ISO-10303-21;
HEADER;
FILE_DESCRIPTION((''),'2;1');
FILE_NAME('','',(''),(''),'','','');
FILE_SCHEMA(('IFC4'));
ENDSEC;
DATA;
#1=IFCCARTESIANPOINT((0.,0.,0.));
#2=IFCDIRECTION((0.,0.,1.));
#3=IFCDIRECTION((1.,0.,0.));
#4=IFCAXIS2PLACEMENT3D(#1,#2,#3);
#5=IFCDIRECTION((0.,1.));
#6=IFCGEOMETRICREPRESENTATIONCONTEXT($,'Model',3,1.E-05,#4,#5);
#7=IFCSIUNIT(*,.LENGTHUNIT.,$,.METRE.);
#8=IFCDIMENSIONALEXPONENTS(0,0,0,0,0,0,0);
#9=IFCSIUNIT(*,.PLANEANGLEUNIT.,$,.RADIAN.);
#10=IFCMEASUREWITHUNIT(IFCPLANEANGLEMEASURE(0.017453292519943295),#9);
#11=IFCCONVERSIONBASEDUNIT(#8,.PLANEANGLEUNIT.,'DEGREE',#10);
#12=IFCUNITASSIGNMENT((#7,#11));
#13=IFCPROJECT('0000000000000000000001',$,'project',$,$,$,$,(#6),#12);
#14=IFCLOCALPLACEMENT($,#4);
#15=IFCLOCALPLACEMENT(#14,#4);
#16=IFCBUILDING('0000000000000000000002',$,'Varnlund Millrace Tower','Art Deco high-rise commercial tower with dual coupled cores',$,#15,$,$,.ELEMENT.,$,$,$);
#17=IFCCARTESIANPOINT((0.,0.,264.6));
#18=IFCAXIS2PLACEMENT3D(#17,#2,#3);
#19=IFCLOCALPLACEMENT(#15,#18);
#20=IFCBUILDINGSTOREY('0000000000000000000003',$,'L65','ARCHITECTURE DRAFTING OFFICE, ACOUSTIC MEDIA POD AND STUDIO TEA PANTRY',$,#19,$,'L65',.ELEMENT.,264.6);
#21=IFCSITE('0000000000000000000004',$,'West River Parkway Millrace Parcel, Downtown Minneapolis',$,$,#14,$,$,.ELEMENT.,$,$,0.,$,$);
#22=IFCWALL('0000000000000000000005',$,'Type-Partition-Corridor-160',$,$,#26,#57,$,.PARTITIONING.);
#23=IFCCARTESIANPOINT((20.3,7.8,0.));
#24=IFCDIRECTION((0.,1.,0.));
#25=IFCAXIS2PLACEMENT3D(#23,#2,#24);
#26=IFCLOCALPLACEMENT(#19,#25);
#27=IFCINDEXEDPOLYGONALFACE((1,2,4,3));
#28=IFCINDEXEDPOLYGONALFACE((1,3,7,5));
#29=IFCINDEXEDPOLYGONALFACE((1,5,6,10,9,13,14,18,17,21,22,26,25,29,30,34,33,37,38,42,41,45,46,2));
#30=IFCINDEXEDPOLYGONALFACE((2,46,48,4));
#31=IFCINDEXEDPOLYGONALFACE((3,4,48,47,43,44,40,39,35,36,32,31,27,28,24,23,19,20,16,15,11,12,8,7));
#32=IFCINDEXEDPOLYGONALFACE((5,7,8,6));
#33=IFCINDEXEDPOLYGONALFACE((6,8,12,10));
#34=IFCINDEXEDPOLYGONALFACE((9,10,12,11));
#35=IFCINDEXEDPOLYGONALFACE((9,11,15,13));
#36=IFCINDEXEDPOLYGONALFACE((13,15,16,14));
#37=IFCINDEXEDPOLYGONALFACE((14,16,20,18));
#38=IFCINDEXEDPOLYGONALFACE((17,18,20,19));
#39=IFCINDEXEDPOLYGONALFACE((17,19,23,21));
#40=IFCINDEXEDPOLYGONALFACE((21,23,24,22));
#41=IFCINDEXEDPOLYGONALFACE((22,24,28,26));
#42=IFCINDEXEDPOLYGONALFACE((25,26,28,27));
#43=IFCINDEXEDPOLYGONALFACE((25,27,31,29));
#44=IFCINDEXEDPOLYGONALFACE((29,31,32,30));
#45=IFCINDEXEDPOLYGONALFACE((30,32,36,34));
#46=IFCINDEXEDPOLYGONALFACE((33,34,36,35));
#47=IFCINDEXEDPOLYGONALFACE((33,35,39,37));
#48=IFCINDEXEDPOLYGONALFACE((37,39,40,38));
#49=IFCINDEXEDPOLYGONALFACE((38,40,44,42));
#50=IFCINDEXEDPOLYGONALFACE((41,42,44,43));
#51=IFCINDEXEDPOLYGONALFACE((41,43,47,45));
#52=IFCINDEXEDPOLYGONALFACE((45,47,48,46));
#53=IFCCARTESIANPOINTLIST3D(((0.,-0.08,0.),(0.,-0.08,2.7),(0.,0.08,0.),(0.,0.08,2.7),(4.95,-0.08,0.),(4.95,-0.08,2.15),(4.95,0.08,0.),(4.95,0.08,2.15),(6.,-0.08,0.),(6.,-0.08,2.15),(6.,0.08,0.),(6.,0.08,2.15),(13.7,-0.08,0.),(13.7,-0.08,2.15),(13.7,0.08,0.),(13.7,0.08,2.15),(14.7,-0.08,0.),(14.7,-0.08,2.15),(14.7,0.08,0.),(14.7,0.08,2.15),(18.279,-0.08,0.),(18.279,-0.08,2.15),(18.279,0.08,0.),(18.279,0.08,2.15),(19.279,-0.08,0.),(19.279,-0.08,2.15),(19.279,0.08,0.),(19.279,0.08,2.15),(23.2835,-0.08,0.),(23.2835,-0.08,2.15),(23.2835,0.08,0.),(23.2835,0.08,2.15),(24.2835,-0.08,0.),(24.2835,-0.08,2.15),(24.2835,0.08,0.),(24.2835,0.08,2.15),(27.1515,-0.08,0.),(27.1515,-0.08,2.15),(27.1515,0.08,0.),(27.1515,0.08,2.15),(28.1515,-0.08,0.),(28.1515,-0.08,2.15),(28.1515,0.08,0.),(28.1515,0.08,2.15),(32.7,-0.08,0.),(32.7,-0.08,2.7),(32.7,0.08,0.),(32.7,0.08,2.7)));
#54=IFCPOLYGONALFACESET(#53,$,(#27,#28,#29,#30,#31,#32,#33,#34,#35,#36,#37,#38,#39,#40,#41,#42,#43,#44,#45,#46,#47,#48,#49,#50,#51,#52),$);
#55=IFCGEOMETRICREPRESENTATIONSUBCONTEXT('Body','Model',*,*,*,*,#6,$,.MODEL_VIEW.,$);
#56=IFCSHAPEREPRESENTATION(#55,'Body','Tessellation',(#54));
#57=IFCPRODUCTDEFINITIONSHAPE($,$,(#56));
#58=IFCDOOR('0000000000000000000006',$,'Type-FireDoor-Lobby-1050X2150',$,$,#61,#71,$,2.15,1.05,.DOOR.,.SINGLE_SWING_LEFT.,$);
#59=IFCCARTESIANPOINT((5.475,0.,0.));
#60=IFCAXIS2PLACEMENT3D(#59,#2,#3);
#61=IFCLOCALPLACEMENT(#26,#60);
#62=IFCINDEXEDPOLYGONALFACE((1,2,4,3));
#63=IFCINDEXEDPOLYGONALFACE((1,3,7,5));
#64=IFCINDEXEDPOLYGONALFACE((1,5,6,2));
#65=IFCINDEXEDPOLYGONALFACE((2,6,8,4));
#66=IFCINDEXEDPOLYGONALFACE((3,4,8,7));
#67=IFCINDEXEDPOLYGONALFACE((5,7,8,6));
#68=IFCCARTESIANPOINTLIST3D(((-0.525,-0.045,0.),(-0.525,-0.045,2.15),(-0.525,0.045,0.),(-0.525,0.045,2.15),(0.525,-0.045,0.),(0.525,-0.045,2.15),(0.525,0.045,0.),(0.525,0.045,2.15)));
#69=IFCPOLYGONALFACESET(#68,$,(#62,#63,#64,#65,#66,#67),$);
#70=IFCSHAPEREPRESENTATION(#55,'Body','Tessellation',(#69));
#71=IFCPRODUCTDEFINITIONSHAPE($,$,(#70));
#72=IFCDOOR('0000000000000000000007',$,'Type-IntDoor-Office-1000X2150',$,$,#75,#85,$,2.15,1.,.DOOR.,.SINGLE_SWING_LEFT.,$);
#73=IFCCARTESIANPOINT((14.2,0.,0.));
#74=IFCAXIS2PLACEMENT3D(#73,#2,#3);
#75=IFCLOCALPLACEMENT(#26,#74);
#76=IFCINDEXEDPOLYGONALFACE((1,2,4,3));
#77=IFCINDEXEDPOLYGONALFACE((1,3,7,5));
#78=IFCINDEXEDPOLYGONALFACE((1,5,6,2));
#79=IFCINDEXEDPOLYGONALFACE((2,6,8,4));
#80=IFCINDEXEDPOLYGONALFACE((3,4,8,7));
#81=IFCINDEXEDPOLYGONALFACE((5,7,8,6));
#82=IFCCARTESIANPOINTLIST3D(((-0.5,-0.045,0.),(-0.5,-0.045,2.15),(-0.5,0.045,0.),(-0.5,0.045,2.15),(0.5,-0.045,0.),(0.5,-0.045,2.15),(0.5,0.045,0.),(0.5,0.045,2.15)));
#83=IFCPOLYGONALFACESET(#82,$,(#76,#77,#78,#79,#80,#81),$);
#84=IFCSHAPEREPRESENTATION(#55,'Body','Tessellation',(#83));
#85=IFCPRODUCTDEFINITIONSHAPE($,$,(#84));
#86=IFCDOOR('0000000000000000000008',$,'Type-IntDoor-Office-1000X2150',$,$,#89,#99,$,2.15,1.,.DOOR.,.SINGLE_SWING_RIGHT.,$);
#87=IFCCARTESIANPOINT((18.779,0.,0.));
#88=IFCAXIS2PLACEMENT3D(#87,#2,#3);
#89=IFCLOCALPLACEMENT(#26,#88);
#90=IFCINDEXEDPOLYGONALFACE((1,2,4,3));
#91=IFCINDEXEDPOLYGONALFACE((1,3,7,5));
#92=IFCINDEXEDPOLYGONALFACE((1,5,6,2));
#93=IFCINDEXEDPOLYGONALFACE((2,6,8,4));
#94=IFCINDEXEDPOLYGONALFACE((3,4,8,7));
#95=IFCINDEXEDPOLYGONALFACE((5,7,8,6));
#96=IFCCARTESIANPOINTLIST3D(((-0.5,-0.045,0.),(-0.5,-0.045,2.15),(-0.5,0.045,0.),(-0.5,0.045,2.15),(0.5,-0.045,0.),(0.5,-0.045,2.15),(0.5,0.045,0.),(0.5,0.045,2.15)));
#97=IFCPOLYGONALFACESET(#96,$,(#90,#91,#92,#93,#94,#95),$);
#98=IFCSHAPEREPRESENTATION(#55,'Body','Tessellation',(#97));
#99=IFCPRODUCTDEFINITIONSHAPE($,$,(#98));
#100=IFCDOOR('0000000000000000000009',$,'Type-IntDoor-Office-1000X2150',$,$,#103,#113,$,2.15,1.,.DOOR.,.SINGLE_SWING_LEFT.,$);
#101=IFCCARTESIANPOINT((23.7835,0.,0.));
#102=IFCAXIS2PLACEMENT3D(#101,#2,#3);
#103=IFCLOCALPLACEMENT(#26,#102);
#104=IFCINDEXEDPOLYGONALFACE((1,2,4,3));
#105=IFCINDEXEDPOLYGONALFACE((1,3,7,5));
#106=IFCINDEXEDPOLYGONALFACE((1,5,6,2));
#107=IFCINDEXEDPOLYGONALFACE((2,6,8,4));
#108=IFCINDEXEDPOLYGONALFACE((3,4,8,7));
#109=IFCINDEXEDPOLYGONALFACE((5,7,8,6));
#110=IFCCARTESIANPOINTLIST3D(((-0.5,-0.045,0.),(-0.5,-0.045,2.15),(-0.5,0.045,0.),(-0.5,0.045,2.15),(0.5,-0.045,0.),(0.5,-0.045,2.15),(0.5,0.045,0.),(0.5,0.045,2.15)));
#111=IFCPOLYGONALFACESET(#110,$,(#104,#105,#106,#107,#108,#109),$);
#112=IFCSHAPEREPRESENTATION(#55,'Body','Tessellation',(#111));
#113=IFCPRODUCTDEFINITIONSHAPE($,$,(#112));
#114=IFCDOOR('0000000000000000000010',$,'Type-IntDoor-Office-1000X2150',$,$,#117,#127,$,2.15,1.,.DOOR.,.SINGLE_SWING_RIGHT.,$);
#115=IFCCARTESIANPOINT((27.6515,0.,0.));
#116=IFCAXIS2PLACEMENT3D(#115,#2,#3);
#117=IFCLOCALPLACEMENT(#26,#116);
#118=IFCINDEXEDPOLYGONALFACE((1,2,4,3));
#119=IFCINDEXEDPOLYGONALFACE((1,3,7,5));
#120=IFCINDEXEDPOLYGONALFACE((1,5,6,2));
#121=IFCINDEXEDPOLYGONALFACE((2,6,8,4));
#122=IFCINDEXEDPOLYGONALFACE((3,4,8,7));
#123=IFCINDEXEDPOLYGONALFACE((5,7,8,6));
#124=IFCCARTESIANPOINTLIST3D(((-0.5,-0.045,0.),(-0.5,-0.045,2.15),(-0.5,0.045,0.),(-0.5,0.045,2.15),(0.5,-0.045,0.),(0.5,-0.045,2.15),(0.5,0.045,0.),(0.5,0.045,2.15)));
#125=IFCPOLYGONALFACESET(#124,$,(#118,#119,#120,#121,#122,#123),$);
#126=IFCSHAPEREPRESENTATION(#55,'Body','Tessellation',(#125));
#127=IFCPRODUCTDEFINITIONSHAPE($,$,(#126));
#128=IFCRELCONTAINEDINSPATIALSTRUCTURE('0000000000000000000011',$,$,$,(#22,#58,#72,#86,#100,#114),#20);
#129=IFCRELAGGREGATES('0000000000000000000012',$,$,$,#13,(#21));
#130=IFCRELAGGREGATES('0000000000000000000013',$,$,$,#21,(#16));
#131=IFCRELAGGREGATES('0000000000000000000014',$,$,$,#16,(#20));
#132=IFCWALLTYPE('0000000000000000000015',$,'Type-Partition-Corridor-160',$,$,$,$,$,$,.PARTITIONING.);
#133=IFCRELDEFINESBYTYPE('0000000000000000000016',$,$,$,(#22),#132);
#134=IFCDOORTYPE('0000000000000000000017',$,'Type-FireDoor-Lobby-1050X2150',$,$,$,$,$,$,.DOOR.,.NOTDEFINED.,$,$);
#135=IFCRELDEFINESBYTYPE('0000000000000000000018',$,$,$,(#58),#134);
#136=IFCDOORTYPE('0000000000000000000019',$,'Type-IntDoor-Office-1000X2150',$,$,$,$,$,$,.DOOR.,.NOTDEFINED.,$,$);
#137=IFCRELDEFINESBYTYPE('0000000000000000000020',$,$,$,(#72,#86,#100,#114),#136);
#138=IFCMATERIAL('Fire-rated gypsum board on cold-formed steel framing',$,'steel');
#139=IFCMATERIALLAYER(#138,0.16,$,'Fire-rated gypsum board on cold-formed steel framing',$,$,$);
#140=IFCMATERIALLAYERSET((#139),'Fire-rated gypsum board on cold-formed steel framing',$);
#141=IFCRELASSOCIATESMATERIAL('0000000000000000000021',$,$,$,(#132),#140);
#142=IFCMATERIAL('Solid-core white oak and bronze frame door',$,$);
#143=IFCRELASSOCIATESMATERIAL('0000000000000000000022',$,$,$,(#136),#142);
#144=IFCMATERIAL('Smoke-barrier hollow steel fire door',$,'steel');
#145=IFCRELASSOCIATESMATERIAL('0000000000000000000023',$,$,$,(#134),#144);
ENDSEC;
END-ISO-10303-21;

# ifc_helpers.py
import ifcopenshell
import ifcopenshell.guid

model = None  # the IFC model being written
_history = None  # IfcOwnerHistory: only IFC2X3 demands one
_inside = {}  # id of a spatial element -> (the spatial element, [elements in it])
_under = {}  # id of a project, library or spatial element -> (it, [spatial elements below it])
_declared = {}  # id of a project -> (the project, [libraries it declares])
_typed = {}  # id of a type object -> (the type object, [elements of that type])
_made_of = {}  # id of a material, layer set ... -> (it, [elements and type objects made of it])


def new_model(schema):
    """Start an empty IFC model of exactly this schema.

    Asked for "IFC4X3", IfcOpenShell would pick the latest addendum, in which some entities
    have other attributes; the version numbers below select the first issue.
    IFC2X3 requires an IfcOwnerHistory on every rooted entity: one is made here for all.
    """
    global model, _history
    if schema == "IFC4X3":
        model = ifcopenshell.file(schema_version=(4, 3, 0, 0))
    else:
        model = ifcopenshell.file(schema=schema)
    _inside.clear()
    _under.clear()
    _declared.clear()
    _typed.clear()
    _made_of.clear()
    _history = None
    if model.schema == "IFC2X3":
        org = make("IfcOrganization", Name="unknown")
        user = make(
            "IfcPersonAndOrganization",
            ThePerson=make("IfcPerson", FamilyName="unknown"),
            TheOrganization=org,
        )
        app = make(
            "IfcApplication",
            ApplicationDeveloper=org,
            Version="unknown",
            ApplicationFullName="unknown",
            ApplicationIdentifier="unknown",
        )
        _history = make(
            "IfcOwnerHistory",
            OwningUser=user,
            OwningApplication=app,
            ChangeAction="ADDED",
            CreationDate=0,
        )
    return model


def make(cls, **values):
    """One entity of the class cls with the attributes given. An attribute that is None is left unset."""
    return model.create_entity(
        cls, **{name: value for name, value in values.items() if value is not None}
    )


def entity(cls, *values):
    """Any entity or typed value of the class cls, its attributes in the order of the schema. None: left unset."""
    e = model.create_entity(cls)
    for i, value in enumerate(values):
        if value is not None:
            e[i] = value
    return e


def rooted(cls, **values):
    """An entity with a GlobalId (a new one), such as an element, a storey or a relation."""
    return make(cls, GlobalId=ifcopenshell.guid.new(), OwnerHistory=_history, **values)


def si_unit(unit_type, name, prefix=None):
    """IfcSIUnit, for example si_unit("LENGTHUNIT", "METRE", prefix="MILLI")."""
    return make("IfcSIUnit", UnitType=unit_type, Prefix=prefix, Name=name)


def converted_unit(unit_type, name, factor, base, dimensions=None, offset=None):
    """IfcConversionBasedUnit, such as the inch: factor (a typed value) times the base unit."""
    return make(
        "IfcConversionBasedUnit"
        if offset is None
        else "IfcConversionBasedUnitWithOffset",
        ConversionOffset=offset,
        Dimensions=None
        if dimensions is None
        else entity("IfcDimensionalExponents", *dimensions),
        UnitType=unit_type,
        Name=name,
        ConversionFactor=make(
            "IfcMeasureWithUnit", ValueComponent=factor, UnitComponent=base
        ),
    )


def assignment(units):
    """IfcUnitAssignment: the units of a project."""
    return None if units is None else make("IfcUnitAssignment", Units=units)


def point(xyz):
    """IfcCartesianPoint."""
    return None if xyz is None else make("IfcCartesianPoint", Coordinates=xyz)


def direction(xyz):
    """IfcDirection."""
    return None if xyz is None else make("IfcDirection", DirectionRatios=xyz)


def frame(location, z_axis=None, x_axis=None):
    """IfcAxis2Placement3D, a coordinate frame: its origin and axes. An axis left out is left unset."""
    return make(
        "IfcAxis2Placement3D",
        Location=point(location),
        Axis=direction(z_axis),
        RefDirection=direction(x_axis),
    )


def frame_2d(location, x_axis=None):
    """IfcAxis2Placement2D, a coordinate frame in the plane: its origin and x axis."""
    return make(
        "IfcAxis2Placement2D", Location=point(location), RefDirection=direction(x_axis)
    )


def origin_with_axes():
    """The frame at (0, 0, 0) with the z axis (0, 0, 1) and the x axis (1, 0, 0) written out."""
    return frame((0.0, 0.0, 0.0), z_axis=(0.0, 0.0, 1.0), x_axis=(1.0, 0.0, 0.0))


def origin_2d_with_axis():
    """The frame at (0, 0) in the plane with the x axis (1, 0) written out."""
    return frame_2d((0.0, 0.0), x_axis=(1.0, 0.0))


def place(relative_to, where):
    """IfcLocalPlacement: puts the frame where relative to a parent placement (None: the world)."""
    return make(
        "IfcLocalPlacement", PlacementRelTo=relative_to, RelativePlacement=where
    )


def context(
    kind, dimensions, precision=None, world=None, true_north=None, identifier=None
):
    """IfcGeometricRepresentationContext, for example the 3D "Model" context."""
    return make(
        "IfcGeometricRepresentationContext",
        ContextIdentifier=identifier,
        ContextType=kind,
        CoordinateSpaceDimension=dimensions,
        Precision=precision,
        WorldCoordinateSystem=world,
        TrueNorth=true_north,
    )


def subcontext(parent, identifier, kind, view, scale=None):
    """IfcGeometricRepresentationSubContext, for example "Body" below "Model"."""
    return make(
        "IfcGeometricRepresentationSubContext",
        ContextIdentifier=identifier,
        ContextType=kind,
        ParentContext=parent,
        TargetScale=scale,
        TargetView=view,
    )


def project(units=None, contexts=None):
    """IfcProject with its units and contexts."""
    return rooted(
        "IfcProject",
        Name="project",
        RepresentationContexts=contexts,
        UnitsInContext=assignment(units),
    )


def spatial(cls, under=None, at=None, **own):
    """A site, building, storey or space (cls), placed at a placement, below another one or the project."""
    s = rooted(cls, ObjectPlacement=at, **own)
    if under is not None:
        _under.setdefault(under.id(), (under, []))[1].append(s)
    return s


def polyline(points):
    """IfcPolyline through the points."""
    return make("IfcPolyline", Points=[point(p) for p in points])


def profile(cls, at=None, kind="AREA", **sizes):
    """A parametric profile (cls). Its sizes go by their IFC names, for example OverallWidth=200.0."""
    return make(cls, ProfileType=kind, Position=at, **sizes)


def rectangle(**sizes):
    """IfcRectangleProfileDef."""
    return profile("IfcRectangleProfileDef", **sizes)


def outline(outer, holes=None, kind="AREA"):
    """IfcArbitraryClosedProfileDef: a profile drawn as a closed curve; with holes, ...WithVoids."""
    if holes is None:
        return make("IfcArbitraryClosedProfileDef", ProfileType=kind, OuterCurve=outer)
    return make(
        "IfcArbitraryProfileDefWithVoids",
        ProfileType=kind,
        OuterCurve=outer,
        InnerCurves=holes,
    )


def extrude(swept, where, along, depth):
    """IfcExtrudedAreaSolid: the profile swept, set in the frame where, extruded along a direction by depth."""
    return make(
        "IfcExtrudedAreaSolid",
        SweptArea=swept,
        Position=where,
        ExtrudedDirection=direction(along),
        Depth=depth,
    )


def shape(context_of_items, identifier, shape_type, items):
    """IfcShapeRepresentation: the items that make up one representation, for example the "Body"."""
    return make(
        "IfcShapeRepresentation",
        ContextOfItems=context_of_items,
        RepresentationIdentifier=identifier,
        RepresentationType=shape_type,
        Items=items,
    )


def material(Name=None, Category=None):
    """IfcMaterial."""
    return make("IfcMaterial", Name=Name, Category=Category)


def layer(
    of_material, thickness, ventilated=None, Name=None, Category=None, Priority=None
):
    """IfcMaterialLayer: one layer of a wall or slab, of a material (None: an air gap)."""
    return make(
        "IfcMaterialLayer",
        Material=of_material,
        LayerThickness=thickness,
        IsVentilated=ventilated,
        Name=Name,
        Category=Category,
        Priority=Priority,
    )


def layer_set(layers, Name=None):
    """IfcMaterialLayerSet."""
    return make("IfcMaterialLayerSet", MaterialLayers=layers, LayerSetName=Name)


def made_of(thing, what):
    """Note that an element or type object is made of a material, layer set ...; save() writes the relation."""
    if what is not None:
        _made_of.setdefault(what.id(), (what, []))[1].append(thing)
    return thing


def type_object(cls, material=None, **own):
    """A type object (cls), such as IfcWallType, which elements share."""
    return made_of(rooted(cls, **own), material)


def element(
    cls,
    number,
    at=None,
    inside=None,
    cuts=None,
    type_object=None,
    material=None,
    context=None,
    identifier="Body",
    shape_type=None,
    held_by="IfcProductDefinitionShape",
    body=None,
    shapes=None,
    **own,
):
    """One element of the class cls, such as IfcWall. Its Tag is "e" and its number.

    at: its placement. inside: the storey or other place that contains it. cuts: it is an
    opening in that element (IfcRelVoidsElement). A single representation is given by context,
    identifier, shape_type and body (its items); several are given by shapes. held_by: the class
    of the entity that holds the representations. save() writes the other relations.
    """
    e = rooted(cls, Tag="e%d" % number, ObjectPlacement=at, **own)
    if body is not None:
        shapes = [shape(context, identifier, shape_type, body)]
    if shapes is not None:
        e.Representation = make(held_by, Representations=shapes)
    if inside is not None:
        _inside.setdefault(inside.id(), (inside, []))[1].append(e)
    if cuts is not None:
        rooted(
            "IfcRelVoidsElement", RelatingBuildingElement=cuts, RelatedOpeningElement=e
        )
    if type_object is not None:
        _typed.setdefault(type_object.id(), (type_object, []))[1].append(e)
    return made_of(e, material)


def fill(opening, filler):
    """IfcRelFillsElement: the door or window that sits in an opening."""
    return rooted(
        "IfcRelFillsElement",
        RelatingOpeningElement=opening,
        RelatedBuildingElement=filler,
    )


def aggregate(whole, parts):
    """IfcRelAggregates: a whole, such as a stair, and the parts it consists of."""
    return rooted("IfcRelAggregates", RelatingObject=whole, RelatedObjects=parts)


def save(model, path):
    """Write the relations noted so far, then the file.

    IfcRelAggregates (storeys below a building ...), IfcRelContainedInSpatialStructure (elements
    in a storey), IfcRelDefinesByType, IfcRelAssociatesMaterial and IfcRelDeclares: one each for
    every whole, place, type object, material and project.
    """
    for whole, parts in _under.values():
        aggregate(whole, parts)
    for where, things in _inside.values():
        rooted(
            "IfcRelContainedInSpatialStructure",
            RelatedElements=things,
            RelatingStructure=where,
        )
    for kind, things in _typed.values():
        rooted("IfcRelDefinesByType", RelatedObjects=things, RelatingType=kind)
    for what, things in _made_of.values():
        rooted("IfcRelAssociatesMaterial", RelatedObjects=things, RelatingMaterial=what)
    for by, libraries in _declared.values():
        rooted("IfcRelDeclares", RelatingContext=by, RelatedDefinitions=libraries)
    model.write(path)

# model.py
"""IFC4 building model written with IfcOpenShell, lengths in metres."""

from ifc_helpers import new_model, entity, si_unit, converted_unit, direction, frame, origin_with_axes, origin_2d_with_axis, place, context, subcontext, project, spatial, polyline, rectangle, outline, extrude, material, layer, layer_set, type_object, element, fill, save


model = new_model("IFC4")

# Units and contexts
model_context = context("Model", 3, precision=1e-05, world=origin_with_axes(), true_north=direction((0.0, 1.0)))
body_context = subcontext(model_context, "Body", "Model", "MODEL_VIEW")
ifc_project = project(units=[si_unit("LENGTHUNIT", "METRE"), converted_unit("PLANEANGLEUNIT", "DEGREE", entity("IfcPlaneAngleMeasure", 0.017453292519943295), si_unit("PLANEANGLEUNIT", "RADIAN"), dimensions=[0, 0, 0, 0, 0, 0, 0])], contexts=[model_context])

# Site, building, storey
site_placement = place(None, origin_with_axes())
site = spatial("IfcSite", under=ifc_project, at=site_placement, Name="West River Parkway Millrace Parcel, Downtown Minneapolis", CompositionType="ELEMENT", RefElevation=0.0)
building_placement = place(site_placement, origin_with_axes())
building = spatial("IfcBuilding", under=site, at=building_placement, Name="Varnlund Millrace Tower", Description="Art Deco high-rise commercial tower with dual coupled cores", CompositionType="ELEMENT")
storey_placement = place(building_placement, frame((0.0, 0.0, 264.6), z_axis=(0.0, 0.0, 1.0), x_axis=(1.0, 0.0, 0.0)))
storey = spatial("IfcBuildingStorey", under=building, at=storey_placement, Name="L65", Description="ARCHITECTURE DRAFTING OFFICE, ACOUSTIC MEDIA POD AND STUDIO TEA PANTRY", LongName="L65", CompositionType="ELEMENT", Elevation=264.6)

# Wall, openings, doors
ifc_material_1 = material(Name="Fire-rated gypsum board on cold-formed steel framing", Category="steel")
ifc_layer_1 = layer(ifc_material_1, 0.16, Name="Fire-rated gypsum board on cold-formed steel framing")
ifc_layer_set_1 = layer_set([ifc_layer_1], Name="Fire-rated gypsum board on cold-formed steel framing")
wall_type_1 = type_object("IfcWallType", Name="Type-Partition-Corridor-160", PredefinedType="PARTITIONING", material=ifc_layer_set_1)
ifc_material_2 = material(Name="Solid-core white oak and bronze frame door")
door_type_1 = type_object("IfcDoorType", Name="Type-IntDoor-Office-1000X2150", OperationType="NOTDEFINED", PredefinedType="DOOR", material=ifc_material_2)
wall_1_placement = place(storey_placement, frame((20.3, 7.8, 0.0), z_axis=(0.0, 0.0, 1.0), x_axis=(0.0, 1.0, 0.0)))
wall_1 = element("IfcWall", 1, at=wall_1_placement, inside=storey, type_object=wall_type_1, Name="Type-Partition-Corridor-160", PredefinedType="PARTITIONING", context=body_context, shape_type="SweptSolid", body=[
    extrude(outline(polyline([(0.0, -0.08), (32.7, -0.08), (32.7, 0.08), (0.0, 0.08), (0.0, -0.08)])), origin_with_axes(), (0.0, 0.0, 1.0), 2.7),
])
opening_1_placement = place(wall_1_placement, frame((14.2, 0.0, 0.0), z_axis=(0.0, 0.0, 1.0), x_axis=(1.0, 0.0, 0.0)))
opening_1 = element("IfcOpeningElement", 2, at=opening_1_placement, cuts=wall_1, PredefinedType="OPENING", context=body_context, shape_type="SweptSolid", body=[
    extrude(rectangle(XDim=1.0, YDim=0.18, at=origin_2d_with_axis()), origin_with_axes(), (0.0, 0.0, 1.0), 2.15),
])
opening_2_placement = place(wall_1_placement, frame((18.779, 0.0, 0.0), z_axis=(0.0, 0.0, 1.0), x_axis=(1.0, 0.0, 0.0)))
opening_2 = element("IfcOpeningElement", 3, at=opening_2_placement, cuts=wall_1, PredefinedType="OPENING", context=body_context, shape_type="SweptSolid", body=[
    extrude(rectangle(XDim=1.0, YDim=0.18, at=origin_2d_with_axis()), origin_with_axes(), (0.0, 0.0, 1.0), 2.15),
])
opening_3_placement = place(wall_1_placement, frame((23.7835, 0.0, 0.0), z_axis=(0.0, 0.0, 1.0), x_axis=(1.0, 0.0, 0.0)))
opening_3 = element("IfcOpeningElement", 4, at=opening_3_placement, cuts=wall_1, PredefinedType="OPENING", context=body_context, shape_type="SweptSolid", body=[
    extrude(rectangle(XDim=1.0, YDim=0.18, at=origin_2d_with_axis()), origin_with_axes(), (0.0, 0.0, 1.0), 2.15),
])
opening_4_placement = place(wall_1_placement, frame((27.6515, 0.0, 0.0), z_axis=(0.0, 0.0, 1.0), x_axis=(1.0, 0.0, 0.0)))
opening_4 = element("IfcOpeningElement", 5, at=opening_4_placement, cuts=wall_1, PredefinedType="OPENING", context=body_context, shape_type="SweptSolid", body=[
    extrude(rectangle(XDim=1.0, YDim=0.18, at=origin_2d_with_axis()), origin_with_axes(), (0.0, 0.0, 1.0), 2.15),
])
opening_5_placement = place(wall_1_placement, frame((5.475, 0.0, 0.0), z_axis=(0.0, 0.0, 1.0), x_axis=(1.0, 0.0, 0.0)))
opening_5 = element("IfcOpeningElement", 6, at=opening_5_placement, cuts=wall_1, PredefinedType="OPENING", context=body_context, shape_type="SweptSolid", body=[
    extrude(rectangle(XDim=1.05, YDim=0.18, at=origin_2d_with_axis()), origin_with_axes(), (0.0, 0.0, 1.0), 2.15),
])
ifc_material_3 = material(Name="Smoke-barrier hollow steel fire door", Category="steel")
door_type_2 = type_object("IfcDoorType", Name="Type-FireDoor-Lobby-1050X2150", OperationType="NOTDEFINED", PredefinedType="DOOR", material=ifc_material_3)
door_1_placement = place(wall_1_placement, frame((5.475, 0.0, 0.0), z_axis=(0.0, 0.0, 1.0), x_axis=(1.0, 0.0, 0.0)))
door_1 = element("IfcDoor", 7, at=door_1_placement, inside=storey, type_object=door_type_2, Name="Type-FireDoor-Lobby-1050X2150", OperationType="SINGLE_SWING_LEFT", OverallHeight=2.15, OverallWidth=1.05, PredefinedType="DOOR", context=body_context, shape_type="SweptSolid", body=[
    extrude(rectangle(XDim=1.05, YDim=0.09, at=origin_2d_with_axis()), origin_with_axes(), (0.0, 0.0, 1.0), 2.15),
])
fill(opening_5, door_1)
door_2_placement = place(wall_1_placement, frame((14.2, 0.0, 0.0), z_axis=(0.0, 0.0, 1.0), x_axis=(1.0, 0.0, 0.0)))
door_2 = element("IfcDoor", 8, at=door_2_placement, inside=storey, type_object=door_type_1, Name="Type-IntDoor-Office-1000X2150", OperationType="SINGLE_SWING_LEFT", OverallHeight=2.15, OverallWidth=1.0, PredefinedType="DOOR", context=body_context, shape_type="SweptSolid", body=[
    extrude(rectangle(XDim=1.0, YDim=0.09, at=origin_2d_with_axis()), origin_with_axes(), (0.0, 0.0, 1.0), 2.15),
])
fill(opening_1, door_2)
door_3_placement = place(wall_1_placement, frame((18.779, 0.0, 0.0), z_axis=(0.0, 0.0, 1.0), x_axis=(1.0, 0.0, 0.0)))
door_3 = element("IfcDoor", 9, at=door_3_placement, inside=storey, type_object=door_type_1, Name="Type-IntDoor-Office-1000X2150", OperationType="SINGLE_SWING_RIGHT", OverallHeight=2.15, OverallWidth=1.0, PredefinedType="DOOR", context=body_context, shape_type="SweptSolid", body=[
    extrude(rectangle(XDim=1.0, YDim=0.09, at=origin_2d_with_axis()), origin_with_axes(), (0.0, 0.0, 1.0), 2.15),
])
fill(opening_2, door_3)
door_4_placement = place(wall_1_placement, frame((23.7835, 0.0, 0.0), z_axis=(0.0, 0.0, 1.0), x_axis=(1.0, 0.0, 0.0)))
door_4 = element("IfcDoor", 10, at=door_4_placement, inside=storey, type_object=door_type_1, Name="Type-IntDoor-Office-1000X2150", OperationType="SINGLE_SWING_LEFT", OverallHeight=2.15, OverallWidth=1.0, PredefinedType="DOOR", context=body_context, shape_type="SweptSolid", body=[
    extrude(rectangle(XDim=1.0, YDim=0.09, at=origin_2d_with_axis()), origin_with_axes(), (0.0, 0.0, 1.0), 2.15),
])
fill(opening_3, door_4)
door_5_placement = place(wall_1_placement, frame((27.6515, 0.0, 0.0), z_axis=(0.0, 0.0, 1.0), x_axis=(1.0, 0.0, 0.0)))
door_5 = element("IfcDoor", 11, at=door_5_placement, inside=storey, type_object=door_type_1, Name="Type-IntDoor-Office-1000X2150", OperationType="SINGLE_SWING_RIGHT", OverallHeight=2.15, OverallWidth=1.0, PredefinedType="DOOR", context=body_context, shape_type="SweptSolid", body=[
    extrude(rectangle(XDim=1.0, YDim=0.09, at=origin_2d_with_axis()), origin_with_axes(), (0.0, 0.0, 1.0), 2.15),
])
fill(opening_4, door_5)

save(model, "model.ifc")
